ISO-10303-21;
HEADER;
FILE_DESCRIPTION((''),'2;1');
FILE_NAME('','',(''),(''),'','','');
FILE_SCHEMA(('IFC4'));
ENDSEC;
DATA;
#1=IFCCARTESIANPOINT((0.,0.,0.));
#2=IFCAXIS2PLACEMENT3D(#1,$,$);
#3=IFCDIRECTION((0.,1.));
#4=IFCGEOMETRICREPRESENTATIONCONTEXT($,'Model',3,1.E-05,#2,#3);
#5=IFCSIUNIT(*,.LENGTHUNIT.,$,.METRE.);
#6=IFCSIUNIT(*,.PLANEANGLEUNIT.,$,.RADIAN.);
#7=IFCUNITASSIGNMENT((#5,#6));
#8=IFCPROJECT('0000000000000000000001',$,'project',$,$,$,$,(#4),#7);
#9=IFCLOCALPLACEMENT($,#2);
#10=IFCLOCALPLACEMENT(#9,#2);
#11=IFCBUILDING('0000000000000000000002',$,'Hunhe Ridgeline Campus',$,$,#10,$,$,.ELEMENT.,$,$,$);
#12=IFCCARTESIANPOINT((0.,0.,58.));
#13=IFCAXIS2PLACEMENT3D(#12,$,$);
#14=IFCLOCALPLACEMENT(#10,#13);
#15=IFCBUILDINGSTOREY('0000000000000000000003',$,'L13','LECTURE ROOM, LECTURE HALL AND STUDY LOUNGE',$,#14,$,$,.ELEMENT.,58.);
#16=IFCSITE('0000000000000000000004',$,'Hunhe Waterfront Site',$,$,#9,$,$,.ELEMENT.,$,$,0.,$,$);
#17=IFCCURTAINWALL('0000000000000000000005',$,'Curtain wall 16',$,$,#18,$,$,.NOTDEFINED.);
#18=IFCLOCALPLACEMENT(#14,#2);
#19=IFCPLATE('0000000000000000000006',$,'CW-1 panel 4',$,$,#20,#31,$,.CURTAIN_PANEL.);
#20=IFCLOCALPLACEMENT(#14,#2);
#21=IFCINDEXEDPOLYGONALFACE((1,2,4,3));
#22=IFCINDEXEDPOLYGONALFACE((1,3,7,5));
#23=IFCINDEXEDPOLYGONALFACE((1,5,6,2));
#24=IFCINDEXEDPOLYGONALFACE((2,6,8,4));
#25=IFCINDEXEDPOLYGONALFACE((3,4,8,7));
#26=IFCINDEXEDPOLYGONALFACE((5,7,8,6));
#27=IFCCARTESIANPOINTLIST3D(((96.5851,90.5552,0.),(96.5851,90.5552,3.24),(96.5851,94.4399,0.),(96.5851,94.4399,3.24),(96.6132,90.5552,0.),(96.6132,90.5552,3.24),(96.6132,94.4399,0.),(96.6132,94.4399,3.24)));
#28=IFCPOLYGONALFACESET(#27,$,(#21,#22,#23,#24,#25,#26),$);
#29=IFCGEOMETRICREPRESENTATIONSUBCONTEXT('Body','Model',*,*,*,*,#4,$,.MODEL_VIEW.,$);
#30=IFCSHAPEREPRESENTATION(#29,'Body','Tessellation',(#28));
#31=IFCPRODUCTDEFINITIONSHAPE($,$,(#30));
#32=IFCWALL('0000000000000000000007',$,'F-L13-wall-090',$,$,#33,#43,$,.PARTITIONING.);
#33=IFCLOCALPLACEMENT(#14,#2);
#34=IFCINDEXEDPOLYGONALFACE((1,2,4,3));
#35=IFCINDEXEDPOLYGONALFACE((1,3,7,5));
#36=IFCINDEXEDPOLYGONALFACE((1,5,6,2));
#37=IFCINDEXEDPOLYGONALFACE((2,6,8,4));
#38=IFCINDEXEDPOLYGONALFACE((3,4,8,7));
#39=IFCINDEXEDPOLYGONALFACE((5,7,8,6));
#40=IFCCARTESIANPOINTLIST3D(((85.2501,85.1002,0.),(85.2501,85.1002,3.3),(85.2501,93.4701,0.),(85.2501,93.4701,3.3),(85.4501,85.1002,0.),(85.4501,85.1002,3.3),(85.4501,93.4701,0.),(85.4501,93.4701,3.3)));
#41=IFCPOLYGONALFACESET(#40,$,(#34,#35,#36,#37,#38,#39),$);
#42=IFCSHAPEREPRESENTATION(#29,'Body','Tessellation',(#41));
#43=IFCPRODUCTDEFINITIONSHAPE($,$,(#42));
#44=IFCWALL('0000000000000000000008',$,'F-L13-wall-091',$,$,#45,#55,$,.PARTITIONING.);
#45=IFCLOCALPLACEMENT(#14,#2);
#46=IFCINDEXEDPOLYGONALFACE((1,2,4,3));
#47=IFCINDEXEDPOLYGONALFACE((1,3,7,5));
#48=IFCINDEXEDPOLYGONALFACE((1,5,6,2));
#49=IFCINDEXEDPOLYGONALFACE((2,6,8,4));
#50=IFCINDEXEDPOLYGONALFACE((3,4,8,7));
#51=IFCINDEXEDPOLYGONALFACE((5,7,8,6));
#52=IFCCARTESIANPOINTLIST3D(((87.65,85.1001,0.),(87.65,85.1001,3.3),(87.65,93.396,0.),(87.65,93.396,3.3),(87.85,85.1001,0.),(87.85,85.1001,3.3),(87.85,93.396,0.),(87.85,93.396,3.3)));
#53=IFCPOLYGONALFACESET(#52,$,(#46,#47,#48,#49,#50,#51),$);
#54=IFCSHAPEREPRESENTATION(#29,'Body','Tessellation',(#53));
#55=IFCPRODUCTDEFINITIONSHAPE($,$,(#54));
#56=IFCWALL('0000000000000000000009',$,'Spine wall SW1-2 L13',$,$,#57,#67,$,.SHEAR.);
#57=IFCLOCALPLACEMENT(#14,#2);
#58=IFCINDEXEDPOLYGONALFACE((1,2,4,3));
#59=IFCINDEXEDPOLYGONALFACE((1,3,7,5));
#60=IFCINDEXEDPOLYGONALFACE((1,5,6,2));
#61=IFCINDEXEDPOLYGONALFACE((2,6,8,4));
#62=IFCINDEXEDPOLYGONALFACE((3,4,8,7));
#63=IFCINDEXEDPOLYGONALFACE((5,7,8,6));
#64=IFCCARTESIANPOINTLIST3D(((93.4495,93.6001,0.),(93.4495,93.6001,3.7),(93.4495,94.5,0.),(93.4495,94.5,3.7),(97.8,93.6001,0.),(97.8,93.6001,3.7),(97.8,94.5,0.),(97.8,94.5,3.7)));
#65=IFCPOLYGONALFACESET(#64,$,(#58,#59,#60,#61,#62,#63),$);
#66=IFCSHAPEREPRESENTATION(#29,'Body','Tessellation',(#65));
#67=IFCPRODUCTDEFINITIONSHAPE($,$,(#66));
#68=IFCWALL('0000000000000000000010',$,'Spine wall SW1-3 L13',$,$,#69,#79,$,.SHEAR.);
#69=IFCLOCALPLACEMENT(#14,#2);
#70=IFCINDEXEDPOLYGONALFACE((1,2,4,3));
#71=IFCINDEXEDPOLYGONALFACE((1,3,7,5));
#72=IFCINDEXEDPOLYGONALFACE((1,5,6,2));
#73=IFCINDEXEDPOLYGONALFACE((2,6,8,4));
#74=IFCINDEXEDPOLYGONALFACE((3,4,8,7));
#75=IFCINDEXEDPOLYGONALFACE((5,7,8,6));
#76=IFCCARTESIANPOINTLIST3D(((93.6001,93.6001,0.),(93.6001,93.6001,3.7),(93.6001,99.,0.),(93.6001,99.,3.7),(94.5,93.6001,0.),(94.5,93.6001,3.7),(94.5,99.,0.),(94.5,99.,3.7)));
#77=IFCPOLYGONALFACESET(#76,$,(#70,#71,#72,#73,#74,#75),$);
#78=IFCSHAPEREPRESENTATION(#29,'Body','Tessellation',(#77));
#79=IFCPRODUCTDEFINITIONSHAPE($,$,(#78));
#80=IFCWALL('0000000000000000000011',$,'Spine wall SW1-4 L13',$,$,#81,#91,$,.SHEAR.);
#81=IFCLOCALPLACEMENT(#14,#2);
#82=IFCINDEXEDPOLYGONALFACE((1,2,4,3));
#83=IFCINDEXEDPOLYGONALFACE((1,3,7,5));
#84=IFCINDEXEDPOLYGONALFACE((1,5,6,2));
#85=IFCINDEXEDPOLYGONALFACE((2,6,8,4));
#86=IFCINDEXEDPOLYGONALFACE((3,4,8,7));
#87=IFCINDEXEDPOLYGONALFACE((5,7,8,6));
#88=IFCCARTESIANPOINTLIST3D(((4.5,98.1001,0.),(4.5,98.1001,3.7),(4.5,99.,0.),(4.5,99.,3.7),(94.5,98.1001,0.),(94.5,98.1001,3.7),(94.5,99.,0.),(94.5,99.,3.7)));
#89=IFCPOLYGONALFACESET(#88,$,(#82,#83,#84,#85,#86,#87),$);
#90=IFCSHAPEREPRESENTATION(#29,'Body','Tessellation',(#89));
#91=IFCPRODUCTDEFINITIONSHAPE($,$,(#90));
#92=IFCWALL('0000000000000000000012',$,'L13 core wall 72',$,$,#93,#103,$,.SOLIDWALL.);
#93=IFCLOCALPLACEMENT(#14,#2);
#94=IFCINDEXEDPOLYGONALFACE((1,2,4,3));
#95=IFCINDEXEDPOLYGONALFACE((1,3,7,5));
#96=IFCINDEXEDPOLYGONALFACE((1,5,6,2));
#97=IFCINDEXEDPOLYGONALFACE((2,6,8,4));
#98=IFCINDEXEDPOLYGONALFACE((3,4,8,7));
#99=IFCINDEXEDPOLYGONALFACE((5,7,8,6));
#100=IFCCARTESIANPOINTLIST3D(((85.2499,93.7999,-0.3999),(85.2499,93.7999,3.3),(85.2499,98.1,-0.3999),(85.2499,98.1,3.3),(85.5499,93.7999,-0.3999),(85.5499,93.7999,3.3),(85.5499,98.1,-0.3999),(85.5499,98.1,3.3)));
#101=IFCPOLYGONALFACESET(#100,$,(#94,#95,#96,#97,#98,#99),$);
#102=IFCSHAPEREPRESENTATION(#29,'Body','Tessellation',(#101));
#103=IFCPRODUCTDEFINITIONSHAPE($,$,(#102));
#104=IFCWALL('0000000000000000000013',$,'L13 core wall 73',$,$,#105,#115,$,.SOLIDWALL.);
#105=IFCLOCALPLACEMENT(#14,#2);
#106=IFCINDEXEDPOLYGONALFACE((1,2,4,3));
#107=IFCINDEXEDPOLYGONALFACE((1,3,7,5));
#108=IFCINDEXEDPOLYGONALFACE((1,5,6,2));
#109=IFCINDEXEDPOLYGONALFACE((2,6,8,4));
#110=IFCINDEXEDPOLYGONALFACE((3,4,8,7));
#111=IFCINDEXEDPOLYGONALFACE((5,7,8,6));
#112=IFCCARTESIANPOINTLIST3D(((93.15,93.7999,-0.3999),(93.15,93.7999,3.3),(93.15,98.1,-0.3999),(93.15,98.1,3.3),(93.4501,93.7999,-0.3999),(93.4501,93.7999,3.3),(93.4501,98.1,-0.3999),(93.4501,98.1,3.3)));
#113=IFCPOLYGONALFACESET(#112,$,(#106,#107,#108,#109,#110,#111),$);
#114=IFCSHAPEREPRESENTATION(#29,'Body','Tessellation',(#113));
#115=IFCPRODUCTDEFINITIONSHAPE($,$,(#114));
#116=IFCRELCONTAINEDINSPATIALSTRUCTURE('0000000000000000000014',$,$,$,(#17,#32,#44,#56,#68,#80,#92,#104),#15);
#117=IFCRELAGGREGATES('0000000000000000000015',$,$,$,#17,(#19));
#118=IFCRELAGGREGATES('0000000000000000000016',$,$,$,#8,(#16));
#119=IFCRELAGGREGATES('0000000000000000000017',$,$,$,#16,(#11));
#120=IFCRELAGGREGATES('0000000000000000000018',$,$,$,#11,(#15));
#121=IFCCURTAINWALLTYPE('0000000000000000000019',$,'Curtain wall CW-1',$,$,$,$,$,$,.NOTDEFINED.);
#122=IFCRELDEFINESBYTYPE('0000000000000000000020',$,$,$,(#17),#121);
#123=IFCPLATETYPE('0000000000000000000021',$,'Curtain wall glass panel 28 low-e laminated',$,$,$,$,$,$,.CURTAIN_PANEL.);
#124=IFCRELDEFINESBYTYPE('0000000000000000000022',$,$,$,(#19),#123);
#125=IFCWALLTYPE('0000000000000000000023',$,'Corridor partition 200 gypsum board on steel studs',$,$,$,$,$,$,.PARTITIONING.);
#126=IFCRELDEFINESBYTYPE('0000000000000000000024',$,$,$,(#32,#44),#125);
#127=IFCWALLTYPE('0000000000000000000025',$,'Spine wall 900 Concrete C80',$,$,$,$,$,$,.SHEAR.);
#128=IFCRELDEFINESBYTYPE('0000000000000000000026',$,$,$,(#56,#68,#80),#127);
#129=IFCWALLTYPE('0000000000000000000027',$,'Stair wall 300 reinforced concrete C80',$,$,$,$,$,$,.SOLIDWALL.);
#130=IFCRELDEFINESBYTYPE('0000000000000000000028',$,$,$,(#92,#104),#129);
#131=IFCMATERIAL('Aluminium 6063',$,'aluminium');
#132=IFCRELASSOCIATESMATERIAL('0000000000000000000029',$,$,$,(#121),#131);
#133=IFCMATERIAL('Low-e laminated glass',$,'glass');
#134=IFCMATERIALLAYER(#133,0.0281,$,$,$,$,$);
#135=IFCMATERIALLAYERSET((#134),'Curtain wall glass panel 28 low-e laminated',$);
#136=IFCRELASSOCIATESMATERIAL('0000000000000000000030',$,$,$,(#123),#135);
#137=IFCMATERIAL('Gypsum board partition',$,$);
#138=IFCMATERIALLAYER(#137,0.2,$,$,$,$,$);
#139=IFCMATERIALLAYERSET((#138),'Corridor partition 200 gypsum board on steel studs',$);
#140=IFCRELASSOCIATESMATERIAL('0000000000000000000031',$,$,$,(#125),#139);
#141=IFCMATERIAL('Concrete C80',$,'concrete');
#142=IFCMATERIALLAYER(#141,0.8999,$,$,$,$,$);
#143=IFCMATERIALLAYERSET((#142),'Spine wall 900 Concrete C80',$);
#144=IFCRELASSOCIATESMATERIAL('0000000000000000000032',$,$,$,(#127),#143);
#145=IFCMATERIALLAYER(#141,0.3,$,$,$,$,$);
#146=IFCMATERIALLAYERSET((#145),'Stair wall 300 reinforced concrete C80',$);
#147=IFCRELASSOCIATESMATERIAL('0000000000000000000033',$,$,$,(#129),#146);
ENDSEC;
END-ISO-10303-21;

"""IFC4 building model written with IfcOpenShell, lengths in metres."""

from ifc_helpers import new_model, si_unit, direction, frame, frame_2d, origin, origin_2d, place, context, subcontext, project, spatial, rectangle, extrude, material, layer, layer_set, type_object, element, aggregate, save


model = new_model("IFC4")

# Units and contexts
model_context = context("Model", 3, precision=1e-05, world=origin(), true_north=direction((0.0, 1.0)))
body_context = subcontext(model_context, "Body", "Model", "MODEL_VIEW")
ifc_project = project(units=[si_unit("LENGTHUNIT", "METRE"), si_unit("PLANEANGLEUNIT", "RADIAN")], contexts=[model_context])

# Site, building, storey
site_placement = place(None, origin())
site = spatial("IfcSite", under=ifc_project, at=site_placement, Name="Hunhe Waterfront Site", CompositionType="ELEMENT", RefElevation=0.0)
building_placement = place(site_placement, origin())
building = spatial("IfcBuilding", under=site, at=building_placement, Name="Hunhe Ridgeline Campus", CompositionType="ELEMENT")
storey_placement = place(building_placement, frame((0.0, 0.0, 58.0)))
storey = spatial("IfcBuildingStorey", under=building, at=storey_placement, Name="L13", Description="LECTURE ROOM, LECTURE HALL AND STUDY LOUNGE", CompositionType="ELEMENT", Elevation=58.0)

# Shared definitions
ifc_material_1 = material(Name="Concrete C80", Category="concrete")

# Curtain wall
ifc_material_2 = material(Name="Aluminium 6063", Category="aluminium")
curtain_wall_type = type_object("IfcCurtainWallType", Name="Curtain wall CW-1", PredefinedType="NOTDEFINED", material=ifc_material_2)
curtain_wall_placement = place(storey_placement, origin())
curtain_wall = element("IfcCurtainWall", 1, at=curtain_wall_placement, inside=storey, type_object=curtain_wall_type, Name="Curtain wall 16", PredefinedType="NOTDEFINED")

# Plate
ifc_material_3 = material(Name="Low-e laminated glass", Category="glass")
ifc_layer_1 = layer(ifc_material_3, 0.0281)
ifc_layer_set_1 = layer_set([ifc_layer_1], Name="Curtain wall glass panel 28 low-e laminated")
plate_type = type_object("IfcPlateType", Name="Curtain wall glass panel 28 low-e laminated", PredefinedType="CURTAIN_PANEL", material=ifc_layer_set_1)
plate_1_placement = place(storey_placement, frame((96.5991, 92.4976, 0.0), z_axis=(0.0, 0.0, 1.0), x_axis=(0.0, 1.0, 0.0)))
plate_1 = element("IfcPlate", 2, at=plate_1_placement, type_object=plate_type, Name="CW-1 panel 4", PredefinedType="CURTAIN_PANEL", context=body_context, shape_type="SweptSolid", body=[
    extrude(rectangle(XDim=3.8848, YDim=0.0281, at=origin_2d()), origin(), (0.0, 0.0, 1.0), 3.24),
])
aggregate(curtain_wall, [plate_1])

# Shared definitions
ifc_material_4 = material(Name="Gypsum board partition")
ifc_layer_2 = layer(ifc_material_4, 0.2)
ifc_layer_set_2 = layer_set([ifc_layer_2], Name="Corridor partition 200 gypsum board on steel studs")
wall_type_1 = type_object("IfcWallType", Name="Corridor partition 200 gypsum board on steel studs", PredefinedType="PARTITIONING", material=ifc_layer_set_2)

# Walls
wall_1_placement = place(storey_placement, frame((85.3501, 85.1001, 0.0), z_axis=(0.0, 0.0, 1.0), x_axis=(0.0, 1.0, 0.0)))
element("IfcWall", 3, at=wall_1_placement, inside=storey, type_object=wall_type_1, Name="F-L13-wall-090", PredefinedType="PARTITIONING", context=body_context, shape_type="SweptSolid", body=[
    extrude(rectangle(XDim=8.3699, YDim=0.2, at=frame_2d((4.1851, 0.0))), origin(), (0.0, 0.0, 1.0), 3.3),
])
wall_2_placement = place(storey_placement, frame((87.75, 93.396, 0.0), z_axis=(0.0, 0.0, 1.0), x_axis=(0.0, -1.0, 0.0)))
element("IfcWall", 4, at=wall_2_placement, inside=storey, type_object=wall_type_1, Name="F-L13-wall-091", PredefinedType="PARTITIONING", context=body_context, shape_type="SweptSolid", body=[
    extrude(rectangle(XDim=8.2959, YDim=0.2, at=frame_2d((4.1479, 0.0))), origin(), (0.0, 0.0, 1.0), 3.3),
])
ifc_layer_3 = layer(ifc_material_1, 0.8999)
ifc_layer_set_3 = layer_set([ifc_layer_3], Name="Spine wall 900 Concrete C80")
wall_type_2 = type_object("IfcWallType", Name="Spine wall 900 Concrete C80", PredefinedType="SHEAR", material=ifc_layer_set_3)
wall_3_placement = place(storey_placement, frame((97.8, 94.05, 0.0), z_axis=(0.0, 0.0, 1.0), x_axis=(-1.0, 0.0, 0.0)))
element("IfcWall", 5, at=wall_3_placement, inside=storey, type_object=wall_type_2, Name="Spine wall SW1-2 L13", PredefinedType="SHEAR", context=body_context, shape_type="SweptSolid", body=[
    extrude(rectangle(XDim=4.3506, YDim=0.8999, at=frame_2d((2.1753, 0.0))), origin(), (0.0, 0.0, 1.0), 3.7),
])
wall_4_placement = place(storey_placement, frame((94.05, 93.6001, 0.0), z_axis=(0.0, 0.0, 1.0), x_axis=(0.0, 1.0, 0.0)))
element("IfcWall", 6, at=wall_4_placement, inside=storey, type_object=wall_type_2, Name="Spine wall SW1-3 L13", PredefinedType="SHEAR", context=body_context, shape_type="SweptSolid", body=[
    extrude(rectangle(XDim=5.3999, YDim=0.8999, at=frame_2d((2.7, 0.0))), origin(), (0.0, 0.0, 1.0), 3.7),
])
wall_5_placement = place(storey_placement, frame((94.5, 98.55, 0.0), z_axis=(0.0, 0.0, 1.0), x_axis=(-1.0, 0.0, 0.0)))
element("IfcWall", 7, at=wall_5_placement, inside=storey, type_object=wall_type_2, Name="Spine wall SW1-4 L13", PredefinedType="SHEAR", context=body_context, shape_type="SweptSolid", body=[
    extrude(rectangle(XDim=90.0, YDim=0.8999, at=frame_2d((45.0, 0.0))), origin(), (0.0, 0.0, 1.0), 3.7),
])

# Shared definitions
ifc_layer_4 = layer(ifc_material_1, 0.3)
ifc_layer_set_4 = layer_set([ifc_layer_4], Name="Stair wall 300 reinforced concrete C80")
wall_type_3 = type_object("IfcWallType", Name="Stair wall 300 reinforced concrete C80", PredefinedType="SOLIDWALL", material=ifc_layer_set_4)

# Walls
for number, where, z_axis, x_axis, name in (
    (8, (85.3999, 93.8, -0.3999), (0.0, 0.0, 1.0), (0.0, 1.0, 0.0), "L13 core wall 72"),
    (9, (93.3, 93.8, -0.3999), (0.0, 0.0, 1.0), (0.0, 1.0, 0.0), "L13 core wall 73"),
):
    element("IfcWall", number, at=place(storey_placement, frame(where, z_axis=z_axis, x_axis=x_axis)), inside=storey, type_object=wall_type_3, Name=name, PredefinedType="SOLIDWALL", context=body_context, shape_type="SweptSolid", body=[
        extrude(rectangle(XDim=4.3, YDim=0.3, at=frame_2d((2.1499, 0.0))), origin(), (0.0, 0.0, 1.0), 3.7),
    ])

save(model, "model.ifc")
